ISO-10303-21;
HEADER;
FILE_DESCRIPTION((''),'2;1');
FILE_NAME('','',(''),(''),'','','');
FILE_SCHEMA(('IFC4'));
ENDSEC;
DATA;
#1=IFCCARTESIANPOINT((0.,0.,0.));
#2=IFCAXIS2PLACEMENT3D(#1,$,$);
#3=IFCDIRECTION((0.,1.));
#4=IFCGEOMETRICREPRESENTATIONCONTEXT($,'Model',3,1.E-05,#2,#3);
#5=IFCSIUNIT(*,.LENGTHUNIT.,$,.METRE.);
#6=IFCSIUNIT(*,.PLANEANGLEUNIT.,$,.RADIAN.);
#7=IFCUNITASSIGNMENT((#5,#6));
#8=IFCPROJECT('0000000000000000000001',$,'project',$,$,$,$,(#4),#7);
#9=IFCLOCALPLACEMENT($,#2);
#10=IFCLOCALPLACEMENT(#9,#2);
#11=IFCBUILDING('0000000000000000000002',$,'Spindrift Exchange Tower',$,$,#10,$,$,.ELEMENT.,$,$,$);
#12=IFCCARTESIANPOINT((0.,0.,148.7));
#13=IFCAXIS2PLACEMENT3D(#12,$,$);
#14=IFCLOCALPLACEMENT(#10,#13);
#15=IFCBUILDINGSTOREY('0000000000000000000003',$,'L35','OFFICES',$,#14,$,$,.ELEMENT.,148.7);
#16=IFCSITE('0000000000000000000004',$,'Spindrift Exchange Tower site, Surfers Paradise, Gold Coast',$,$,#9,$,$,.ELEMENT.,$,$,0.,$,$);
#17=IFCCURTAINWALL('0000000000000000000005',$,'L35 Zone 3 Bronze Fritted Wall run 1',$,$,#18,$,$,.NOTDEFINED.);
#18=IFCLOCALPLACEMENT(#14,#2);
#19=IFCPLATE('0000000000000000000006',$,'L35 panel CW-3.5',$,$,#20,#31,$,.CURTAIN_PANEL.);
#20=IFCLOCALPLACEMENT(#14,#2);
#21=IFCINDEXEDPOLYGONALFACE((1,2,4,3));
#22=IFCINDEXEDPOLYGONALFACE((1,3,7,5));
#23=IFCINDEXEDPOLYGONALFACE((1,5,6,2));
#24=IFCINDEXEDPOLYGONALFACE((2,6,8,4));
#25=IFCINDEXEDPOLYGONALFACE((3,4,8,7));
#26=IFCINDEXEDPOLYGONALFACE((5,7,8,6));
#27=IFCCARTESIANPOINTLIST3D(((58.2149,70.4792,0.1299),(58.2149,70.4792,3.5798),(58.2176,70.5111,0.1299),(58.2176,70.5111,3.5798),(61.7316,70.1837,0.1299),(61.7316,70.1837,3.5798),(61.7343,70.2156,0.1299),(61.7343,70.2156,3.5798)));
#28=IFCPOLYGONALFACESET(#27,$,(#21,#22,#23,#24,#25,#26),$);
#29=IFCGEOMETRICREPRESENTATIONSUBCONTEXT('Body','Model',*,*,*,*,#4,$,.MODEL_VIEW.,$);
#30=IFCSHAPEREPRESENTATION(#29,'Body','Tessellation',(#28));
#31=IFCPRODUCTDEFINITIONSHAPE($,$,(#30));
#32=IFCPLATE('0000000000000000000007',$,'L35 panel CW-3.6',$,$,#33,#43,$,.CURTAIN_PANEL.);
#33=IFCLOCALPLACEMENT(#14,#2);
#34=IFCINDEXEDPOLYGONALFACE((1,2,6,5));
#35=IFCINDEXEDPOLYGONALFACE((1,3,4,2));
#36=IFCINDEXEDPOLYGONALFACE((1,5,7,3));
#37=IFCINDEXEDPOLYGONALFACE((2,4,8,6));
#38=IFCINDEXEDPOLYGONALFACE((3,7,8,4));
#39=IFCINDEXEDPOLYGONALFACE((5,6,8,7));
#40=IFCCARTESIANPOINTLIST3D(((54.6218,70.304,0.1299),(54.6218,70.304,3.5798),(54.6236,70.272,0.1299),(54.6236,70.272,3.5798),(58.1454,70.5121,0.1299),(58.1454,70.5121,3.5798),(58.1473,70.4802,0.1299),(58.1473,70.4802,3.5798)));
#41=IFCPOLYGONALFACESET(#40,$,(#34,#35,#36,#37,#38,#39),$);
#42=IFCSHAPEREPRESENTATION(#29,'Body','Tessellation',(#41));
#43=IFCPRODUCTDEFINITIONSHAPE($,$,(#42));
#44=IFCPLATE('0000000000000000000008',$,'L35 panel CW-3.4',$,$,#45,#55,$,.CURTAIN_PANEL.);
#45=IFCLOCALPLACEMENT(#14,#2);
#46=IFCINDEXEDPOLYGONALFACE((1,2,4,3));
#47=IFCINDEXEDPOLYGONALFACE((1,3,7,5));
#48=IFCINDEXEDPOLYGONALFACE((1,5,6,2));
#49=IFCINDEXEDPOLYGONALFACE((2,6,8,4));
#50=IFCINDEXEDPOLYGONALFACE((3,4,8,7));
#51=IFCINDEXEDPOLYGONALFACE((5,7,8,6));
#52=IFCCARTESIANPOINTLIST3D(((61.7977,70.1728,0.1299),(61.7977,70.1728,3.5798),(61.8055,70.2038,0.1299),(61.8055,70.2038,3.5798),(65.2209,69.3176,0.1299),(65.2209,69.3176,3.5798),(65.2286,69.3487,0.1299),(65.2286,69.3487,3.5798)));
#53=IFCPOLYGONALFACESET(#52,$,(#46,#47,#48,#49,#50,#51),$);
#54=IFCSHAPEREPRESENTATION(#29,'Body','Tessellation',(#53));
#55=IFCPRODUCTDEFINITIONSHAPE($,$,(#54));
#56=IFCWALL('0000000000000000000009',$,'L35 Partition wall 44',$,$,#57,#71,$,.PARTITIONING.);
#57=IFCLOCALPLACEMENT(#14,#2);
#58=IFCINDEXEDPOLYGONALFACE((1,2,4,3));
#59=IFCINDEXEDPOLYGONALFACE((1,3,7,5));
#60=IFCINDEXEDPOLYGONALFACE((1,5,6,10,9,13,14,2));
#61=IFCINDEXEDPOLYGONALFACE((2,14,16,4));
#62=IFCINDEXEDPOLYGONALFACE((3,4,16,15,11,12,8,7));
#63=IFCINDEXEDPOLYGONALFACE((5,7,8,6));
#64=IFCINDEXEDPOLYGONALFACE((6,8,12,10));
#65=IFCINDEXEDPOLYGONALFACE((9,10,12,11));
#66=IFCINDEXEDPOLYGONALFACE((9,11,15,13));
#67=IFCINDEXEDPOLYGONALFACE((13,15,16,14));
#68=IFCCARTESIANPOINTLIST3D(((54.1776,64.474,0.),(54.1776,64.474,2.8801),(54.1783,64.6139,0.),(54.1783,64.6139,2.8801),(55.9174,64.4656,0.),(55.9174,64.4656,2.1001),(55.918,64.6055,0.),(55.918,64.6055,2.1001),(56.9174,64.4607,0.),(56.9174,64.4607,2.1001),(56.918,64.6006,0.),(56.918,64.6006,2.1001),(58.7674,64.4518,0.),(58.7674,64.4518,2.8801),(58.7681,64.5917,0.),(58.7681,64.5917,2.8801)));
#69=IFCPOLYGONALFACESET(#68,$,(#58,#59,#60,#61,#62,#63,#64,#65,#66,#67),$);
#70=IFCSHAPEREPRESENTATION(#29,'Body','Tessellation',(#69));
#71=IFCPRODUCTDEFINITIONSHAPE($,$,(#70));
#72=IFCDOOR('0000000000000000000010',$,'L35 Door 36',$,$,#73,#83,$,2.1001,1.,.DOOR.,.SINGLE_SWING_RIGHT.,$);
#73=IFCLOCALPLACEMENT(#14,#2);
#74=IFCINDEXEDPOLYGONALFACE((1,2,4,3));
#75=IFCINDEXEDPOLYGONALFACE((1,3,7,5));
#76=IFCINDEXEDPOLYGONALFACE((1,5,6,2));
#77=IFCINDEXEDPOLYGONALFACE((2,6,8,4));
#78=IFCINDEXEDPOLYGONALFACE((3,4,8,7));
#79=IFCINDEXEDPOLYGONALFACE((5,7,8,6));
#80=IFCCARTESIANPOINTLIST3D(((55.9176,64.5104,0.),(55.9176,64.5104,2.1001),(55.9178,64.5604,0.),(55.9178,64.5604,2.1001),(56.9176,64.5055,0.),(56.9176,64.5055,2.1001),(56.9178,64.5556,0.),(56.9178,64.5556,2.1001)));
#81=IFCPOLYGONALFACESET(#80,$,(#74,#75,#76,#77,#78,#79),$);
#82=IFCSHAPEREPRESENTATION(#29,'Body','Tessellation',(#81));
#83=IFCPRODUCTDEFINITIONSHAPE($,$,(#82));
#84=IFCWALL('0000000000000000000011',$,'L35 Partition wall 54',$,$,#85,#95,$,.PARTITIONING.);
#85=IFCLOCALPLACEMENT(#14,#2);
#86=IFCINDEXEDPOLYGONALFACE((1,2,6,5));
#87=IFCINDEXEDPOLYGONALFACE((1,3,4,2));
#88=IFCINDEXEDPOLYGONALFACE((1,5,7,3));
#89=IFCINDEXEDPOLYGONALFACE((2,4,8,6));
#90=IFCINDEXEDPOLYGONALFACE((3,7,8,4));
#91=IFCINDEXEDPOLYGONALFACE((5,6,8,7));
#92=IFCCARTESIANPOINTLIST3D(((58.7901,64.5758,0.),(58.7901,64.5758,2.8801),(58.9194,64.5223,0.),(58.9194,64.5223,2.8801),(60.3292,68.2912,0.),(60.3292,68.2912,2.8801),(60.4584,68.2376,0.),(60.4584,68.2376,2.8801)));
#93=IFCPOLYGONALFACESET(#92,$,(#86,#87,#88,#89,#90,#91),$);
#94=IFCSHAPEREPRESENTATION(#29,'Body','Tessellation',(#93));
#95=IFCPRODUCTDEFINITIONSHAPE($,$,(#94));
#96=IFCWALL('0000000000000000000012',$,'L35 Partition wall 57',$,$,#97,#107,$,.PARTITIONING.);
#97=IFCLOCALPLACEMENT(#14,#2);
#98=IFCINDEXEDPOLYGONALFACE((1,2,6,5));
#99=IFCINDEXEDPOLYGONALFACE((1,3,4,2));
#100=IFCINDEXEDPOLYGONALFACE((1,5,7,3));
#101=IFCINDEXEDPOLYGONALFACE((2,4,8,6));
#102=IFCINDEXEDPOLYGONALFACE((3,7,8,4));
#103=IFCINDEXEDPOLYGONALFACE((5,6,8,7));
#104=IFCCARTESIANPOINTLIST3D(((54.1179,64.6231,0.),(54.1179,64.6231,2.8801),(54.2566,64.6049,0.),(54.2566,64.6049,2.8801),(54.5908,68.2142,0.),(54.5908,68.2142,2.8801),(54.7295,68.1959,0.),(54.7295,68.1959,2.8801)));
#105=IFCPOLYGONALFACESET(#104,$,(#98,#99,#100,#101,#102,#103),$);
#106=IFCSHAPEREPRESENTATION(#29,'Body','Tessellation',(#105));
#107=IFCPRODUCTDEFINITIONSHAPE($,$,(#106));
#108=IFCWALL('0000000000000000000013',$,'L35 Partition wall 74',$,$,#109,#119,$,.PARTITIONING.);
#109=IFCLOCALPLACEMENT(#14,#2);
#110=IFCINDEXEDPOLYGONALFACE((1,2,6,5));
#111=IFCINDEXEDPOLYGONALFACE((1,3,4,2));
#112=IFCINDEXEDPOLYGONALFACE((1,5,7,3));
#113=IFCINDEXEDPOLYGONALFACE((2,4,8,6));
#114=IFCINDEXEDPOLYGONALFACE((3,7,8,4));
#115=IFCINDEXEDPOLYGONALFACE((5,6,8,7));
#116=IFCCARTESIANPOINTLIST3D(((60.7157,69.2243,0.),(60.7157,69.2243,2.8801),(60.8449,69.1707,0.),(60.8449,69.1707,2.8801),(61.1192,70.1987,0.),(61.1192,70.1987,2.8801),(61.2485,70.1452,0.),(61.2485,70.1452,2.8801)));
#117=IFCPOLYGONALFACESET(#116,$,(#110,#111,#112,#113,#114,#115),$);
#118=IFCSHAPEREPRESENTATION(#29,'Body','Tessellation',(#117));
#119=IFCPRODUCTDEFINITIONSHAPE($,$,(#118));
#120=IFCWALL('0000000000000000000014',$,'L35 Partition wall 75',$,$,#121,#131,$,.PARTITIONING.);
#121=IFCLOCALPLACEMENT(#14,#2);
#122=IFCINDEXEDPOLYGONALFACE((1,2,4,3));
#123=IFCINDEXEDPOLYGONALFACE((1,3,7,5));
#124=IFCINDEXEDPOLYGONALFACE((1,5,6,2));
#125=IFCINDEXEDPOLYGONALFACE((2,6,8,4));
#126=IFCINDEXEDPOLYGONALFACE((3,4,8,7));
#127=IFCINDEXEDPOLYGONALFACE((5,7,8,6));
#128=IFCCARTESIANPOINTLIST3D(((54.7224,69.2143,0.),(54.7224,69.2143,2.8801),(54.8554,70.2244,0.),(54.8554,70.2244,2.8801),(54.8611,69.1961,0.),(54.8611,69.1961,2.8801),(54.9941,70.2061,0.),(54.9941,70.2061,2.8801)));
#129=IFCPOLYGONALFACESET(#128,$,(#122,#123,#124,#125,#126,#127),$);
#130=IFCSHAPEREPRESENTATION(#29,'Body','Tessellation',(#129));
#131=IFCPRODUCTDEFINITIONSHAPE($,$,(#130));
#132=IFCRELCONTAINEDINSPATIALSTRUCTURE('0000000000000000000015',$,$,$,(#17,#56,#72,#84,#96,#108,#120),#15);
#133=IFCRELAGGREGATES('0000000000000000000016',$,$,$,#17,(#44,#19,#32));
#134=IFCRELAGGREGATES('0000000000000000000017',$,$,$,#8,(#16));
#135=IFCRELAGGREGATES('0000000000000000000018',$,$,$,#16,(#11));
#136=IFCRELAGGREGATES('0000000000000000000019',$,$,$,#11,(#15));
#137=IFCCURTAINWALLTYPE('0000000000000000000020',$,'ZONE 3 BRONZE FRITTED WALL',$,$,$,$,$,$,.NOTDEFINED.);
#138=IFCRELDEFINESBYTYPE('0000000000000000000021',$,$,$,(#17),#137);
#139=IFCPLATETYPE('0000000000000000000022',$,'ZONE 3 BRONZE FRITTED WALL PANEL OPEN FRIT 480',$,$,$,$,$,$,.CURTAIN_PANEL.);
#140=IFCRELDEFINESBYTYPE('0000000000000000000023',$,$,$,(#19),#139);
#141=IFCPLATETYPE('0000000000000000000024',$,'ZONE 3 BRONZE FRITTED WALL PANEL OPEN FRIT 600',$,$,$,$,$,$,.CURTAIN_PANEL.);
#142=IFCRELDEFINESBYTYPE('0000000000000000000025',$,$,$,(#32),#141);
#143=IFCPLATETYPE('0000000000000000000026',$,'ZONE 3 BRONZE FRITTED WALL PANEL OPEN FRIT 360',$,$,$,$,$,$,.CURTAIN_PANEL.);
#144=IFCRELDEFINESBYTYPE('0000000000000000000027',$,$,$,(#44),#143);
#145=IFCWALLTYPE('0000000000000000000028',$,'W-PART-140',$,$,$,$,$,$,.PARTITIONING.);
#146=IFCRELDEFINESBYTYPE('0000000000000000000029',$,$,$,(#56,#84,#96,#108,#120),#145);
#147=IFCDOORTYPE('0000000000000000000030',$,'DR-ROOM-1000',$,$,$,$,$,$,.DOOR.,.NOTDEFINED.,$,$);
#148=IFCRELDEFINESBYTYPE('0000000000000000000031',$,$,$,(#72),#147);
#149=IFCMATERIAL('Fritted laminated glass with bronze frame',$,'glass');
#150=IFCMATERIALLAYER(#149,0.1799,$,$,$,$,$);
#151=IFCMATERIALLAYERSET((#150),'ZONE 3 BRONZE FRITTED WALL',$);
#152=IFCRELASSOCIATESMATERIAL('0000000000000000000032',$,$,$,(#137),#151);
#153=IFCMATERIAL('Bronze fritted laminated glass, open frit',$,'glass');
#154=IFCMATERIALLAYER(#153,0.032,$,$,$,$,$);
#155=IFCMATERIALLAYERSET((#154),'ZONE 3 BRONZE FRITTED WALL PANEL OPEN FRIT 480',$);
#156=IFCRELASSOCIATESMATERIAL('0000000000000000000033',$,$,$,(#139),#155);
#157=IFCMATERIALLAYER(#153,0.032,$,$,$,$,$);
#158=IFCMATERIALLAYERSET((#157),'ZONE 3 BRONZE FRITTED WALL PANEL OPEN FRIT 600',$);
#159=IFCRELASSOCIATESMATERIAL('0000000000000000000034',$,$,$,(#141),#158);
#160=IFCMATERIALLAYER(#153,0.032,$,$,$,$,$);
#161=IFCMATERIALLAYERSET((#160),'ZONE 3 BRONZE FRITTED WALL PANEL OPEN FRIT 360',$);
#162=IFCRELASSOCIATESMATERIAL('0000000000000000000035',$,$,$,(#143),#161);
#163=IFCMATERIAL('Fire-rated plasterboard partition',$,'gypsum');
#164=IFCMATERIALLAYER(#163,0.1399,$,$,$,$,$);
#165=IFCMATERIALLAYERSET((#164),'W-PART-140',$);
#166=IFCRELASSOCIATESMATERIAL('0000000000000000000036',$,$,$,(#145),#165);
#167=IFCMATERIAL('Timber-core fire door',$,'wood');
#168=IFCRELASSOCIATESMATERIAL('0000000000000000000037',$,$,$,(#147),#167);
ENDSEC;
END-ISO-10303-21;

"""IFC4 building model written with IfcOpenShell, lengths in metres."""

from ifc_helpers import new_model, si_unit, direction, frame, frame_2d, origin, origin_2d, place, context, subcontext, project, spatial, rectangle, extrude, source, transform, mapped, material, layer, layer_set, type_object, element, fill, aggregate, save


model = new_model("IFC4")

# Units and contexts
model_context = context("Model", 3, precision=1e-05, world=origin(), true_north=direction((0.0, 1.0)))
body_context = subcontext(model_context, "Body", "Model", "MODEL_VIEW")
ifc_project = project(units=[si_unit("LENGTHUNIT", "METRE"), si_unit("PLANEANGLEUNIT", "RADIAN")], contexts=[model_context])

# Site, building, storey
site_placement = place(None, origin())
site = spatial("IfcSite", under=ifc_project, at=site_placement, Name="Spindrift Exchange Tower site, Surfers Paradise, Gold Coast", CompositionType="ELEMENT", RefElevation=0.0)
building_placement = place(site_placement, origin())
building = spatial("IfcBuilding", under=site, at=building_placement, Name="Spindrift Exchange Tower", CompositionType="ELEMENT")
storey_placement = place(building_placement, frame((0.0, 0.0, 148.7)))
storey = spatial("IfcBuildingStorey", under=building, at=storey_placement, Name="L35", Description="OFFICES", CompositionType="ELEMENT", Elevation=148.7)

# Shared definitions
ifc_material_1 = material(Name="Fritted laminated glass with bronze frame", Category="glass")
ifc_layer_1 = layer(ifc_material_1, 0.1799)
ifc_layer_set_1 = layer_set([ifc_layer_1], Name="ZONE 3 BRONZE FRITTED WALL")
curtain_wall_type = type_object("IfcCurtainWallType", Name="ZONE 3 BRONZE FRITTED WALL", PredefinedType="NOTDEFINED", material=ifc_layer_set_1)

# Curtain wall
curtain_wall_1_placement = place(storey_placement, origin())
curtain_wall_1 = element("IfcCurtainWall", 1, at=curtain_wall_1_placement, inside=storey, type_object=curtain_wall_type, Name="L35 Zone 3 Bronze Fritted Wall run 1", PredefinedType="NOTDEFINED")

# Plates
ifc_material_2 = material(Name="Bronze fritted laminated glass, open frit", Category="glass")
ifc_layer_2 = layer(ifc_material_2, 0.032)
ifc_layer_set_2 = layer_set([ifc_layer_2], Name="ZONE 3 BRONZE FRITTED WALL PANEL OPEN FRIT 480")
plate_type_1 = type_object("IfcPlateType", Name="ZONE 3 BRONZE FRITTED WALL PANEL OPEN FRIT 480", PredefinedType="CURTAIN_PANEL", material=ifc_layer_set_2)
shared_shape_1 = source(origin(), body_context, "Body", "SweptSolid", [
    extrude(rectangle(XDim=3.5291, YDim=0.032, at=origin_2d()), origin(), (0.0, 0.0, 1.0), 3.45),
])
plate_1_placement = place(storey_placement, frame((59.9746, 70.3474, 0.1299), z_axis=(0.0, 0.0, 1.0), x_axis=(-0.996487, 0.083742, 0.0)))
plate_1 = element("IfcPlate", 2, at=plate_1_placement, type_object=plate_type_1, Name="L35 panel CW-3.5", PredefinedType="CURTAIN_PANEL", context=body_context, shape_type="MappedRepresentation", body=[
    mapped(shared_shape_1, transform((0.0, 0.0, 0.0), scale=1.0)),
])
ifc_layer_3 = layer(ifc_material_2, 0.032)
ifc_layer_set_3 = layer_set([ifc_layer_3], Name="ZONE 3 BRONZE FRITTED WALL PANEL OPEN FRIT 600")
plate_type_2 = type_object("IfcPlateType", Name="ZONE 3 BRONZE FRITTED WALL PANEL OPEN FRIT 600", PredefinedType="CURTAIN_PANEL", material=ifc_layer_set_3)
shared_shape_2 = source(origin(), body_context, "Body", "SweptSolid", [
    extrude(rectangle(XDim=3.5298, YDim=0.032, at=origin_2d()), origin(), (0.0, 0.0, 1.0), 3.45),
])
plate_2_placement = place(storey_placement, frame((56.3845, 70.3921, 0.1299), z_axis=(0.0, 0.0, 1.0), x_axis=(-0.998259, -0.058975, 0.0)))
plate_2 = element("IfcPlate", 3, at=plate_2_placement, type_object=plate_type_2, Name="L35 panel CW-3.6", PredefinedType="CURTAIN_PANEL", context=body_context, shape_type="MappedRepresentation", body=[
    mapped(shared_shape_2, transform((0.0, 0.0, 0.0), scale=1.0)),
])
ifc_layer_4 = layer(ifc_material_2, 0.032)
ifc_layer_set_4 = layer_set([ifc_layer_4], Name="ZONE 3 BRONZE FRITTED WALL PANEL OPEN FRIT 360")
plate_type_3 = type_object("IfcPlateType", Name="ZONE 3 BRONZE FRITTED WALL PANEL OPEN FRIT 360", PredefinedType="CURTAIN_PANEL", material=ifc_layer_set_4)
shared_shape_3 = source(origin(), body_context, "Body", "SweptSolid", [
    extrude(rectangle(XDim=3.5283, YDim=0.032, at=origin_2d()), origin(), (0.0, 0.0, 1.0), 3.45),
])
plate_3_placement = place(storey_placement, frame((63.5132, 69.7607, 0.1299), z_axis=(0.0, 0.0, 1.0), x_axis=(-0.970183, 0.242372, 0.0)))
plate_3 = element("IfcPlate", 4, at=plate_3_placement, type_object=plate_type_3, Name="L35 panel CW-3.4", PredefinedType="CURTAIN_PANEL", context=body_context, shape_type="MappedRepresentation", body=[
    mapped(shared_shape_3, transform((0.0, 0.0, 0.0), scale=1.0)),
])
aggregate(curtain_wall_1, [plate_3, plate_1, plate_2])

# Wall, opening, door
ifc_material_3 = material(Name="Fire-rated plasterboard partition", Category="gypsum")
ifc_layer_5 = layer(ifc_material_3, 0.1399)
ifc_layer_set_5 = layer_set([ifc_layer_5], Name="W-PART-140")
wall_type = type_object("IfcWallType", Name="W-PART-140", PredefinedType="PARTITIONING", material=ifc_layer_set_5)
wall_1_placement = place(storey_placement, frame((54.178, 64.5439, 0.0), z_axis=(0.0, 0.0, 1.0), x_axis=(0.999988, -0.00484, 0.0)))
wall_1 = element("IfcWall", 5, at=wall_1_placement, inside=storey, type_object=wall_type, Name="L35 Partition wall 44", PredefinedType="PARTITIONING", context=body_context, shape_type="SweptSolid", body=[
    extrude(rectangle(XDim=4.5898, YDim=0.1399, at=frame_2d((2.2949, 0.0))), origin(), (0.0, 0.0, 1.0), 2.8801),
])
opening_placement = place(wall_1_placement, frame((1.7397, 0.0, 0.0)))
opening = element("IfcOpeningElement", 6, at=opening_placement, cuts=wall_1, PredefinedType="OPENING", context=body_context, shape_type="SweptSolid", body=[
    extrude(rectangle(XDim=1.0, YDim=2.1001, at=frame_2d((0.5, 1.05))), frame((0.0, 0.0798, 0.0), z_axis=(0.0, -1.0, 0.0), x_axis=(1.0, 0.0, 0.0)), (0.0, 0.0, 1.0), 0.1599),
])
ifc_material_4 = material(Name="Timber-core fire door", Category="wood")
door_type = type_object("IfcDoorType", Name="DR-ROOM-1000", OperationType="NOTDEFINED", PredefinedType="DOOR", material=ifc_material_4)
shared_shape_4 = source(origin(), body_context, "Body", "SweptSolid", [
    extrude(rectangle(XDim=1.0, YDim=2.1001, at=frame_2d((0.5, 1.05))), frame((0.0, 0.0249, 0.0), z_axis=(0.0, -1.0, 0.0), x_axis=(1.0, 0.0, 0.0)), (0.0, 0.0, 1.0), 0.05),
])
door_placement = place(opening_placement, origin())
door = element("IfcDoor", 7, at=door_placement, inside=storey, type_object=door_type, Name="L35 Door 36", OperationType="SINGLE_SWING_RIGHT", OverallHeight=2.1001, OverallWidth=1.0, PredefinedType="DOOR", context=body_context, shape_type="MappedRepresentation", body=[
    mapped(shared_shape_4, transform((0.0, 0.0, 0.0), scale=1.0)),
])
fill(opening, door)

# Walls
wall_2_placement = place(storey_placement, frame((58.8547, 64.5491, 0.0), z_axis=(0.0, 0.0, 1.0), x_axis=(0.382709, 0.923869, 0.0)))
element("IfcWall", 8, at=wall_2_placement, inside=storey, type_object=wall_type, Name="L35 Partition wall 54", PredefinedType="PARTITIONING", context=body_context, shape_type="SweptSolid", body=[
    extrude(rectangle(XDim=4.0215, YDim=0.1399, at=frame_2d((2.0107, 0.0))), origin(), (0.0, 0.0, 1.0), 2.8801),
])
wall_3_placement = place(storey_placement, frame((54.1873, 64.614, 0.0), z_axis=(0.0, 0.0, 1.0), x_axis=(0.130561, 0.99144, 0.0)))
element("IfcWall", 9, at=wall_3_placement, inside=storey, type_object=wall_type, Name="L35 Partition wall 57", PredefinedType="PARTITIONING", context=body_context, shape_type="SweptSolid", body=[
    extrude(rectangle(XDim=3.6221, YDim=0.1399, at=frame_2d((1.811, 0.0))), origin(), (0.0, 0.0, 1.0), 2.8801),
])
wall_4_placement = place(storey_placement, frame((60.7803, 69.1975, 0.0), z_axis=(0.0, 0.0, 1.0), x_axis=(0.382658, 0.92389, 0.0)))
element("IfcWall", 10, at=wall_4_placement, inside=storey, type_object=wall_type, Name="L35 Partition wall 74", PredefinedType="PARTITIONING", context=body_context, shape_type="SweptSolid", body=[
    extrude(rectangle(XDim=1.0547, YDim=0.1399, at=frame_2d((0.5273, 0.0))), origin(), (0.0, 0.0, 1.0), 2.8801),
])
wall_5_placement = place(storey_placement, frame((54.7917, 69.2053, 0.0), z_axis=(0.0, 0.0, 1.0), x_axis=(0.130609, 0.991434, 0.0)))
element("IfcWall", 11, at=wall_5_placement, inside=storey, type_object=wall_type, Name="L35 Partition wall 75", PredefinedType="PARTITIONING", context=body_context, shape_type="SweptSolid", body=[
    extrude(rectangle(XDim=1.0188, YDim=0.1399, at=frame_2d((0.5093, 0.0))), origin(), (0.0, 0.0, 1.0), 2.8801),
])

save(model, "model.ifc")
